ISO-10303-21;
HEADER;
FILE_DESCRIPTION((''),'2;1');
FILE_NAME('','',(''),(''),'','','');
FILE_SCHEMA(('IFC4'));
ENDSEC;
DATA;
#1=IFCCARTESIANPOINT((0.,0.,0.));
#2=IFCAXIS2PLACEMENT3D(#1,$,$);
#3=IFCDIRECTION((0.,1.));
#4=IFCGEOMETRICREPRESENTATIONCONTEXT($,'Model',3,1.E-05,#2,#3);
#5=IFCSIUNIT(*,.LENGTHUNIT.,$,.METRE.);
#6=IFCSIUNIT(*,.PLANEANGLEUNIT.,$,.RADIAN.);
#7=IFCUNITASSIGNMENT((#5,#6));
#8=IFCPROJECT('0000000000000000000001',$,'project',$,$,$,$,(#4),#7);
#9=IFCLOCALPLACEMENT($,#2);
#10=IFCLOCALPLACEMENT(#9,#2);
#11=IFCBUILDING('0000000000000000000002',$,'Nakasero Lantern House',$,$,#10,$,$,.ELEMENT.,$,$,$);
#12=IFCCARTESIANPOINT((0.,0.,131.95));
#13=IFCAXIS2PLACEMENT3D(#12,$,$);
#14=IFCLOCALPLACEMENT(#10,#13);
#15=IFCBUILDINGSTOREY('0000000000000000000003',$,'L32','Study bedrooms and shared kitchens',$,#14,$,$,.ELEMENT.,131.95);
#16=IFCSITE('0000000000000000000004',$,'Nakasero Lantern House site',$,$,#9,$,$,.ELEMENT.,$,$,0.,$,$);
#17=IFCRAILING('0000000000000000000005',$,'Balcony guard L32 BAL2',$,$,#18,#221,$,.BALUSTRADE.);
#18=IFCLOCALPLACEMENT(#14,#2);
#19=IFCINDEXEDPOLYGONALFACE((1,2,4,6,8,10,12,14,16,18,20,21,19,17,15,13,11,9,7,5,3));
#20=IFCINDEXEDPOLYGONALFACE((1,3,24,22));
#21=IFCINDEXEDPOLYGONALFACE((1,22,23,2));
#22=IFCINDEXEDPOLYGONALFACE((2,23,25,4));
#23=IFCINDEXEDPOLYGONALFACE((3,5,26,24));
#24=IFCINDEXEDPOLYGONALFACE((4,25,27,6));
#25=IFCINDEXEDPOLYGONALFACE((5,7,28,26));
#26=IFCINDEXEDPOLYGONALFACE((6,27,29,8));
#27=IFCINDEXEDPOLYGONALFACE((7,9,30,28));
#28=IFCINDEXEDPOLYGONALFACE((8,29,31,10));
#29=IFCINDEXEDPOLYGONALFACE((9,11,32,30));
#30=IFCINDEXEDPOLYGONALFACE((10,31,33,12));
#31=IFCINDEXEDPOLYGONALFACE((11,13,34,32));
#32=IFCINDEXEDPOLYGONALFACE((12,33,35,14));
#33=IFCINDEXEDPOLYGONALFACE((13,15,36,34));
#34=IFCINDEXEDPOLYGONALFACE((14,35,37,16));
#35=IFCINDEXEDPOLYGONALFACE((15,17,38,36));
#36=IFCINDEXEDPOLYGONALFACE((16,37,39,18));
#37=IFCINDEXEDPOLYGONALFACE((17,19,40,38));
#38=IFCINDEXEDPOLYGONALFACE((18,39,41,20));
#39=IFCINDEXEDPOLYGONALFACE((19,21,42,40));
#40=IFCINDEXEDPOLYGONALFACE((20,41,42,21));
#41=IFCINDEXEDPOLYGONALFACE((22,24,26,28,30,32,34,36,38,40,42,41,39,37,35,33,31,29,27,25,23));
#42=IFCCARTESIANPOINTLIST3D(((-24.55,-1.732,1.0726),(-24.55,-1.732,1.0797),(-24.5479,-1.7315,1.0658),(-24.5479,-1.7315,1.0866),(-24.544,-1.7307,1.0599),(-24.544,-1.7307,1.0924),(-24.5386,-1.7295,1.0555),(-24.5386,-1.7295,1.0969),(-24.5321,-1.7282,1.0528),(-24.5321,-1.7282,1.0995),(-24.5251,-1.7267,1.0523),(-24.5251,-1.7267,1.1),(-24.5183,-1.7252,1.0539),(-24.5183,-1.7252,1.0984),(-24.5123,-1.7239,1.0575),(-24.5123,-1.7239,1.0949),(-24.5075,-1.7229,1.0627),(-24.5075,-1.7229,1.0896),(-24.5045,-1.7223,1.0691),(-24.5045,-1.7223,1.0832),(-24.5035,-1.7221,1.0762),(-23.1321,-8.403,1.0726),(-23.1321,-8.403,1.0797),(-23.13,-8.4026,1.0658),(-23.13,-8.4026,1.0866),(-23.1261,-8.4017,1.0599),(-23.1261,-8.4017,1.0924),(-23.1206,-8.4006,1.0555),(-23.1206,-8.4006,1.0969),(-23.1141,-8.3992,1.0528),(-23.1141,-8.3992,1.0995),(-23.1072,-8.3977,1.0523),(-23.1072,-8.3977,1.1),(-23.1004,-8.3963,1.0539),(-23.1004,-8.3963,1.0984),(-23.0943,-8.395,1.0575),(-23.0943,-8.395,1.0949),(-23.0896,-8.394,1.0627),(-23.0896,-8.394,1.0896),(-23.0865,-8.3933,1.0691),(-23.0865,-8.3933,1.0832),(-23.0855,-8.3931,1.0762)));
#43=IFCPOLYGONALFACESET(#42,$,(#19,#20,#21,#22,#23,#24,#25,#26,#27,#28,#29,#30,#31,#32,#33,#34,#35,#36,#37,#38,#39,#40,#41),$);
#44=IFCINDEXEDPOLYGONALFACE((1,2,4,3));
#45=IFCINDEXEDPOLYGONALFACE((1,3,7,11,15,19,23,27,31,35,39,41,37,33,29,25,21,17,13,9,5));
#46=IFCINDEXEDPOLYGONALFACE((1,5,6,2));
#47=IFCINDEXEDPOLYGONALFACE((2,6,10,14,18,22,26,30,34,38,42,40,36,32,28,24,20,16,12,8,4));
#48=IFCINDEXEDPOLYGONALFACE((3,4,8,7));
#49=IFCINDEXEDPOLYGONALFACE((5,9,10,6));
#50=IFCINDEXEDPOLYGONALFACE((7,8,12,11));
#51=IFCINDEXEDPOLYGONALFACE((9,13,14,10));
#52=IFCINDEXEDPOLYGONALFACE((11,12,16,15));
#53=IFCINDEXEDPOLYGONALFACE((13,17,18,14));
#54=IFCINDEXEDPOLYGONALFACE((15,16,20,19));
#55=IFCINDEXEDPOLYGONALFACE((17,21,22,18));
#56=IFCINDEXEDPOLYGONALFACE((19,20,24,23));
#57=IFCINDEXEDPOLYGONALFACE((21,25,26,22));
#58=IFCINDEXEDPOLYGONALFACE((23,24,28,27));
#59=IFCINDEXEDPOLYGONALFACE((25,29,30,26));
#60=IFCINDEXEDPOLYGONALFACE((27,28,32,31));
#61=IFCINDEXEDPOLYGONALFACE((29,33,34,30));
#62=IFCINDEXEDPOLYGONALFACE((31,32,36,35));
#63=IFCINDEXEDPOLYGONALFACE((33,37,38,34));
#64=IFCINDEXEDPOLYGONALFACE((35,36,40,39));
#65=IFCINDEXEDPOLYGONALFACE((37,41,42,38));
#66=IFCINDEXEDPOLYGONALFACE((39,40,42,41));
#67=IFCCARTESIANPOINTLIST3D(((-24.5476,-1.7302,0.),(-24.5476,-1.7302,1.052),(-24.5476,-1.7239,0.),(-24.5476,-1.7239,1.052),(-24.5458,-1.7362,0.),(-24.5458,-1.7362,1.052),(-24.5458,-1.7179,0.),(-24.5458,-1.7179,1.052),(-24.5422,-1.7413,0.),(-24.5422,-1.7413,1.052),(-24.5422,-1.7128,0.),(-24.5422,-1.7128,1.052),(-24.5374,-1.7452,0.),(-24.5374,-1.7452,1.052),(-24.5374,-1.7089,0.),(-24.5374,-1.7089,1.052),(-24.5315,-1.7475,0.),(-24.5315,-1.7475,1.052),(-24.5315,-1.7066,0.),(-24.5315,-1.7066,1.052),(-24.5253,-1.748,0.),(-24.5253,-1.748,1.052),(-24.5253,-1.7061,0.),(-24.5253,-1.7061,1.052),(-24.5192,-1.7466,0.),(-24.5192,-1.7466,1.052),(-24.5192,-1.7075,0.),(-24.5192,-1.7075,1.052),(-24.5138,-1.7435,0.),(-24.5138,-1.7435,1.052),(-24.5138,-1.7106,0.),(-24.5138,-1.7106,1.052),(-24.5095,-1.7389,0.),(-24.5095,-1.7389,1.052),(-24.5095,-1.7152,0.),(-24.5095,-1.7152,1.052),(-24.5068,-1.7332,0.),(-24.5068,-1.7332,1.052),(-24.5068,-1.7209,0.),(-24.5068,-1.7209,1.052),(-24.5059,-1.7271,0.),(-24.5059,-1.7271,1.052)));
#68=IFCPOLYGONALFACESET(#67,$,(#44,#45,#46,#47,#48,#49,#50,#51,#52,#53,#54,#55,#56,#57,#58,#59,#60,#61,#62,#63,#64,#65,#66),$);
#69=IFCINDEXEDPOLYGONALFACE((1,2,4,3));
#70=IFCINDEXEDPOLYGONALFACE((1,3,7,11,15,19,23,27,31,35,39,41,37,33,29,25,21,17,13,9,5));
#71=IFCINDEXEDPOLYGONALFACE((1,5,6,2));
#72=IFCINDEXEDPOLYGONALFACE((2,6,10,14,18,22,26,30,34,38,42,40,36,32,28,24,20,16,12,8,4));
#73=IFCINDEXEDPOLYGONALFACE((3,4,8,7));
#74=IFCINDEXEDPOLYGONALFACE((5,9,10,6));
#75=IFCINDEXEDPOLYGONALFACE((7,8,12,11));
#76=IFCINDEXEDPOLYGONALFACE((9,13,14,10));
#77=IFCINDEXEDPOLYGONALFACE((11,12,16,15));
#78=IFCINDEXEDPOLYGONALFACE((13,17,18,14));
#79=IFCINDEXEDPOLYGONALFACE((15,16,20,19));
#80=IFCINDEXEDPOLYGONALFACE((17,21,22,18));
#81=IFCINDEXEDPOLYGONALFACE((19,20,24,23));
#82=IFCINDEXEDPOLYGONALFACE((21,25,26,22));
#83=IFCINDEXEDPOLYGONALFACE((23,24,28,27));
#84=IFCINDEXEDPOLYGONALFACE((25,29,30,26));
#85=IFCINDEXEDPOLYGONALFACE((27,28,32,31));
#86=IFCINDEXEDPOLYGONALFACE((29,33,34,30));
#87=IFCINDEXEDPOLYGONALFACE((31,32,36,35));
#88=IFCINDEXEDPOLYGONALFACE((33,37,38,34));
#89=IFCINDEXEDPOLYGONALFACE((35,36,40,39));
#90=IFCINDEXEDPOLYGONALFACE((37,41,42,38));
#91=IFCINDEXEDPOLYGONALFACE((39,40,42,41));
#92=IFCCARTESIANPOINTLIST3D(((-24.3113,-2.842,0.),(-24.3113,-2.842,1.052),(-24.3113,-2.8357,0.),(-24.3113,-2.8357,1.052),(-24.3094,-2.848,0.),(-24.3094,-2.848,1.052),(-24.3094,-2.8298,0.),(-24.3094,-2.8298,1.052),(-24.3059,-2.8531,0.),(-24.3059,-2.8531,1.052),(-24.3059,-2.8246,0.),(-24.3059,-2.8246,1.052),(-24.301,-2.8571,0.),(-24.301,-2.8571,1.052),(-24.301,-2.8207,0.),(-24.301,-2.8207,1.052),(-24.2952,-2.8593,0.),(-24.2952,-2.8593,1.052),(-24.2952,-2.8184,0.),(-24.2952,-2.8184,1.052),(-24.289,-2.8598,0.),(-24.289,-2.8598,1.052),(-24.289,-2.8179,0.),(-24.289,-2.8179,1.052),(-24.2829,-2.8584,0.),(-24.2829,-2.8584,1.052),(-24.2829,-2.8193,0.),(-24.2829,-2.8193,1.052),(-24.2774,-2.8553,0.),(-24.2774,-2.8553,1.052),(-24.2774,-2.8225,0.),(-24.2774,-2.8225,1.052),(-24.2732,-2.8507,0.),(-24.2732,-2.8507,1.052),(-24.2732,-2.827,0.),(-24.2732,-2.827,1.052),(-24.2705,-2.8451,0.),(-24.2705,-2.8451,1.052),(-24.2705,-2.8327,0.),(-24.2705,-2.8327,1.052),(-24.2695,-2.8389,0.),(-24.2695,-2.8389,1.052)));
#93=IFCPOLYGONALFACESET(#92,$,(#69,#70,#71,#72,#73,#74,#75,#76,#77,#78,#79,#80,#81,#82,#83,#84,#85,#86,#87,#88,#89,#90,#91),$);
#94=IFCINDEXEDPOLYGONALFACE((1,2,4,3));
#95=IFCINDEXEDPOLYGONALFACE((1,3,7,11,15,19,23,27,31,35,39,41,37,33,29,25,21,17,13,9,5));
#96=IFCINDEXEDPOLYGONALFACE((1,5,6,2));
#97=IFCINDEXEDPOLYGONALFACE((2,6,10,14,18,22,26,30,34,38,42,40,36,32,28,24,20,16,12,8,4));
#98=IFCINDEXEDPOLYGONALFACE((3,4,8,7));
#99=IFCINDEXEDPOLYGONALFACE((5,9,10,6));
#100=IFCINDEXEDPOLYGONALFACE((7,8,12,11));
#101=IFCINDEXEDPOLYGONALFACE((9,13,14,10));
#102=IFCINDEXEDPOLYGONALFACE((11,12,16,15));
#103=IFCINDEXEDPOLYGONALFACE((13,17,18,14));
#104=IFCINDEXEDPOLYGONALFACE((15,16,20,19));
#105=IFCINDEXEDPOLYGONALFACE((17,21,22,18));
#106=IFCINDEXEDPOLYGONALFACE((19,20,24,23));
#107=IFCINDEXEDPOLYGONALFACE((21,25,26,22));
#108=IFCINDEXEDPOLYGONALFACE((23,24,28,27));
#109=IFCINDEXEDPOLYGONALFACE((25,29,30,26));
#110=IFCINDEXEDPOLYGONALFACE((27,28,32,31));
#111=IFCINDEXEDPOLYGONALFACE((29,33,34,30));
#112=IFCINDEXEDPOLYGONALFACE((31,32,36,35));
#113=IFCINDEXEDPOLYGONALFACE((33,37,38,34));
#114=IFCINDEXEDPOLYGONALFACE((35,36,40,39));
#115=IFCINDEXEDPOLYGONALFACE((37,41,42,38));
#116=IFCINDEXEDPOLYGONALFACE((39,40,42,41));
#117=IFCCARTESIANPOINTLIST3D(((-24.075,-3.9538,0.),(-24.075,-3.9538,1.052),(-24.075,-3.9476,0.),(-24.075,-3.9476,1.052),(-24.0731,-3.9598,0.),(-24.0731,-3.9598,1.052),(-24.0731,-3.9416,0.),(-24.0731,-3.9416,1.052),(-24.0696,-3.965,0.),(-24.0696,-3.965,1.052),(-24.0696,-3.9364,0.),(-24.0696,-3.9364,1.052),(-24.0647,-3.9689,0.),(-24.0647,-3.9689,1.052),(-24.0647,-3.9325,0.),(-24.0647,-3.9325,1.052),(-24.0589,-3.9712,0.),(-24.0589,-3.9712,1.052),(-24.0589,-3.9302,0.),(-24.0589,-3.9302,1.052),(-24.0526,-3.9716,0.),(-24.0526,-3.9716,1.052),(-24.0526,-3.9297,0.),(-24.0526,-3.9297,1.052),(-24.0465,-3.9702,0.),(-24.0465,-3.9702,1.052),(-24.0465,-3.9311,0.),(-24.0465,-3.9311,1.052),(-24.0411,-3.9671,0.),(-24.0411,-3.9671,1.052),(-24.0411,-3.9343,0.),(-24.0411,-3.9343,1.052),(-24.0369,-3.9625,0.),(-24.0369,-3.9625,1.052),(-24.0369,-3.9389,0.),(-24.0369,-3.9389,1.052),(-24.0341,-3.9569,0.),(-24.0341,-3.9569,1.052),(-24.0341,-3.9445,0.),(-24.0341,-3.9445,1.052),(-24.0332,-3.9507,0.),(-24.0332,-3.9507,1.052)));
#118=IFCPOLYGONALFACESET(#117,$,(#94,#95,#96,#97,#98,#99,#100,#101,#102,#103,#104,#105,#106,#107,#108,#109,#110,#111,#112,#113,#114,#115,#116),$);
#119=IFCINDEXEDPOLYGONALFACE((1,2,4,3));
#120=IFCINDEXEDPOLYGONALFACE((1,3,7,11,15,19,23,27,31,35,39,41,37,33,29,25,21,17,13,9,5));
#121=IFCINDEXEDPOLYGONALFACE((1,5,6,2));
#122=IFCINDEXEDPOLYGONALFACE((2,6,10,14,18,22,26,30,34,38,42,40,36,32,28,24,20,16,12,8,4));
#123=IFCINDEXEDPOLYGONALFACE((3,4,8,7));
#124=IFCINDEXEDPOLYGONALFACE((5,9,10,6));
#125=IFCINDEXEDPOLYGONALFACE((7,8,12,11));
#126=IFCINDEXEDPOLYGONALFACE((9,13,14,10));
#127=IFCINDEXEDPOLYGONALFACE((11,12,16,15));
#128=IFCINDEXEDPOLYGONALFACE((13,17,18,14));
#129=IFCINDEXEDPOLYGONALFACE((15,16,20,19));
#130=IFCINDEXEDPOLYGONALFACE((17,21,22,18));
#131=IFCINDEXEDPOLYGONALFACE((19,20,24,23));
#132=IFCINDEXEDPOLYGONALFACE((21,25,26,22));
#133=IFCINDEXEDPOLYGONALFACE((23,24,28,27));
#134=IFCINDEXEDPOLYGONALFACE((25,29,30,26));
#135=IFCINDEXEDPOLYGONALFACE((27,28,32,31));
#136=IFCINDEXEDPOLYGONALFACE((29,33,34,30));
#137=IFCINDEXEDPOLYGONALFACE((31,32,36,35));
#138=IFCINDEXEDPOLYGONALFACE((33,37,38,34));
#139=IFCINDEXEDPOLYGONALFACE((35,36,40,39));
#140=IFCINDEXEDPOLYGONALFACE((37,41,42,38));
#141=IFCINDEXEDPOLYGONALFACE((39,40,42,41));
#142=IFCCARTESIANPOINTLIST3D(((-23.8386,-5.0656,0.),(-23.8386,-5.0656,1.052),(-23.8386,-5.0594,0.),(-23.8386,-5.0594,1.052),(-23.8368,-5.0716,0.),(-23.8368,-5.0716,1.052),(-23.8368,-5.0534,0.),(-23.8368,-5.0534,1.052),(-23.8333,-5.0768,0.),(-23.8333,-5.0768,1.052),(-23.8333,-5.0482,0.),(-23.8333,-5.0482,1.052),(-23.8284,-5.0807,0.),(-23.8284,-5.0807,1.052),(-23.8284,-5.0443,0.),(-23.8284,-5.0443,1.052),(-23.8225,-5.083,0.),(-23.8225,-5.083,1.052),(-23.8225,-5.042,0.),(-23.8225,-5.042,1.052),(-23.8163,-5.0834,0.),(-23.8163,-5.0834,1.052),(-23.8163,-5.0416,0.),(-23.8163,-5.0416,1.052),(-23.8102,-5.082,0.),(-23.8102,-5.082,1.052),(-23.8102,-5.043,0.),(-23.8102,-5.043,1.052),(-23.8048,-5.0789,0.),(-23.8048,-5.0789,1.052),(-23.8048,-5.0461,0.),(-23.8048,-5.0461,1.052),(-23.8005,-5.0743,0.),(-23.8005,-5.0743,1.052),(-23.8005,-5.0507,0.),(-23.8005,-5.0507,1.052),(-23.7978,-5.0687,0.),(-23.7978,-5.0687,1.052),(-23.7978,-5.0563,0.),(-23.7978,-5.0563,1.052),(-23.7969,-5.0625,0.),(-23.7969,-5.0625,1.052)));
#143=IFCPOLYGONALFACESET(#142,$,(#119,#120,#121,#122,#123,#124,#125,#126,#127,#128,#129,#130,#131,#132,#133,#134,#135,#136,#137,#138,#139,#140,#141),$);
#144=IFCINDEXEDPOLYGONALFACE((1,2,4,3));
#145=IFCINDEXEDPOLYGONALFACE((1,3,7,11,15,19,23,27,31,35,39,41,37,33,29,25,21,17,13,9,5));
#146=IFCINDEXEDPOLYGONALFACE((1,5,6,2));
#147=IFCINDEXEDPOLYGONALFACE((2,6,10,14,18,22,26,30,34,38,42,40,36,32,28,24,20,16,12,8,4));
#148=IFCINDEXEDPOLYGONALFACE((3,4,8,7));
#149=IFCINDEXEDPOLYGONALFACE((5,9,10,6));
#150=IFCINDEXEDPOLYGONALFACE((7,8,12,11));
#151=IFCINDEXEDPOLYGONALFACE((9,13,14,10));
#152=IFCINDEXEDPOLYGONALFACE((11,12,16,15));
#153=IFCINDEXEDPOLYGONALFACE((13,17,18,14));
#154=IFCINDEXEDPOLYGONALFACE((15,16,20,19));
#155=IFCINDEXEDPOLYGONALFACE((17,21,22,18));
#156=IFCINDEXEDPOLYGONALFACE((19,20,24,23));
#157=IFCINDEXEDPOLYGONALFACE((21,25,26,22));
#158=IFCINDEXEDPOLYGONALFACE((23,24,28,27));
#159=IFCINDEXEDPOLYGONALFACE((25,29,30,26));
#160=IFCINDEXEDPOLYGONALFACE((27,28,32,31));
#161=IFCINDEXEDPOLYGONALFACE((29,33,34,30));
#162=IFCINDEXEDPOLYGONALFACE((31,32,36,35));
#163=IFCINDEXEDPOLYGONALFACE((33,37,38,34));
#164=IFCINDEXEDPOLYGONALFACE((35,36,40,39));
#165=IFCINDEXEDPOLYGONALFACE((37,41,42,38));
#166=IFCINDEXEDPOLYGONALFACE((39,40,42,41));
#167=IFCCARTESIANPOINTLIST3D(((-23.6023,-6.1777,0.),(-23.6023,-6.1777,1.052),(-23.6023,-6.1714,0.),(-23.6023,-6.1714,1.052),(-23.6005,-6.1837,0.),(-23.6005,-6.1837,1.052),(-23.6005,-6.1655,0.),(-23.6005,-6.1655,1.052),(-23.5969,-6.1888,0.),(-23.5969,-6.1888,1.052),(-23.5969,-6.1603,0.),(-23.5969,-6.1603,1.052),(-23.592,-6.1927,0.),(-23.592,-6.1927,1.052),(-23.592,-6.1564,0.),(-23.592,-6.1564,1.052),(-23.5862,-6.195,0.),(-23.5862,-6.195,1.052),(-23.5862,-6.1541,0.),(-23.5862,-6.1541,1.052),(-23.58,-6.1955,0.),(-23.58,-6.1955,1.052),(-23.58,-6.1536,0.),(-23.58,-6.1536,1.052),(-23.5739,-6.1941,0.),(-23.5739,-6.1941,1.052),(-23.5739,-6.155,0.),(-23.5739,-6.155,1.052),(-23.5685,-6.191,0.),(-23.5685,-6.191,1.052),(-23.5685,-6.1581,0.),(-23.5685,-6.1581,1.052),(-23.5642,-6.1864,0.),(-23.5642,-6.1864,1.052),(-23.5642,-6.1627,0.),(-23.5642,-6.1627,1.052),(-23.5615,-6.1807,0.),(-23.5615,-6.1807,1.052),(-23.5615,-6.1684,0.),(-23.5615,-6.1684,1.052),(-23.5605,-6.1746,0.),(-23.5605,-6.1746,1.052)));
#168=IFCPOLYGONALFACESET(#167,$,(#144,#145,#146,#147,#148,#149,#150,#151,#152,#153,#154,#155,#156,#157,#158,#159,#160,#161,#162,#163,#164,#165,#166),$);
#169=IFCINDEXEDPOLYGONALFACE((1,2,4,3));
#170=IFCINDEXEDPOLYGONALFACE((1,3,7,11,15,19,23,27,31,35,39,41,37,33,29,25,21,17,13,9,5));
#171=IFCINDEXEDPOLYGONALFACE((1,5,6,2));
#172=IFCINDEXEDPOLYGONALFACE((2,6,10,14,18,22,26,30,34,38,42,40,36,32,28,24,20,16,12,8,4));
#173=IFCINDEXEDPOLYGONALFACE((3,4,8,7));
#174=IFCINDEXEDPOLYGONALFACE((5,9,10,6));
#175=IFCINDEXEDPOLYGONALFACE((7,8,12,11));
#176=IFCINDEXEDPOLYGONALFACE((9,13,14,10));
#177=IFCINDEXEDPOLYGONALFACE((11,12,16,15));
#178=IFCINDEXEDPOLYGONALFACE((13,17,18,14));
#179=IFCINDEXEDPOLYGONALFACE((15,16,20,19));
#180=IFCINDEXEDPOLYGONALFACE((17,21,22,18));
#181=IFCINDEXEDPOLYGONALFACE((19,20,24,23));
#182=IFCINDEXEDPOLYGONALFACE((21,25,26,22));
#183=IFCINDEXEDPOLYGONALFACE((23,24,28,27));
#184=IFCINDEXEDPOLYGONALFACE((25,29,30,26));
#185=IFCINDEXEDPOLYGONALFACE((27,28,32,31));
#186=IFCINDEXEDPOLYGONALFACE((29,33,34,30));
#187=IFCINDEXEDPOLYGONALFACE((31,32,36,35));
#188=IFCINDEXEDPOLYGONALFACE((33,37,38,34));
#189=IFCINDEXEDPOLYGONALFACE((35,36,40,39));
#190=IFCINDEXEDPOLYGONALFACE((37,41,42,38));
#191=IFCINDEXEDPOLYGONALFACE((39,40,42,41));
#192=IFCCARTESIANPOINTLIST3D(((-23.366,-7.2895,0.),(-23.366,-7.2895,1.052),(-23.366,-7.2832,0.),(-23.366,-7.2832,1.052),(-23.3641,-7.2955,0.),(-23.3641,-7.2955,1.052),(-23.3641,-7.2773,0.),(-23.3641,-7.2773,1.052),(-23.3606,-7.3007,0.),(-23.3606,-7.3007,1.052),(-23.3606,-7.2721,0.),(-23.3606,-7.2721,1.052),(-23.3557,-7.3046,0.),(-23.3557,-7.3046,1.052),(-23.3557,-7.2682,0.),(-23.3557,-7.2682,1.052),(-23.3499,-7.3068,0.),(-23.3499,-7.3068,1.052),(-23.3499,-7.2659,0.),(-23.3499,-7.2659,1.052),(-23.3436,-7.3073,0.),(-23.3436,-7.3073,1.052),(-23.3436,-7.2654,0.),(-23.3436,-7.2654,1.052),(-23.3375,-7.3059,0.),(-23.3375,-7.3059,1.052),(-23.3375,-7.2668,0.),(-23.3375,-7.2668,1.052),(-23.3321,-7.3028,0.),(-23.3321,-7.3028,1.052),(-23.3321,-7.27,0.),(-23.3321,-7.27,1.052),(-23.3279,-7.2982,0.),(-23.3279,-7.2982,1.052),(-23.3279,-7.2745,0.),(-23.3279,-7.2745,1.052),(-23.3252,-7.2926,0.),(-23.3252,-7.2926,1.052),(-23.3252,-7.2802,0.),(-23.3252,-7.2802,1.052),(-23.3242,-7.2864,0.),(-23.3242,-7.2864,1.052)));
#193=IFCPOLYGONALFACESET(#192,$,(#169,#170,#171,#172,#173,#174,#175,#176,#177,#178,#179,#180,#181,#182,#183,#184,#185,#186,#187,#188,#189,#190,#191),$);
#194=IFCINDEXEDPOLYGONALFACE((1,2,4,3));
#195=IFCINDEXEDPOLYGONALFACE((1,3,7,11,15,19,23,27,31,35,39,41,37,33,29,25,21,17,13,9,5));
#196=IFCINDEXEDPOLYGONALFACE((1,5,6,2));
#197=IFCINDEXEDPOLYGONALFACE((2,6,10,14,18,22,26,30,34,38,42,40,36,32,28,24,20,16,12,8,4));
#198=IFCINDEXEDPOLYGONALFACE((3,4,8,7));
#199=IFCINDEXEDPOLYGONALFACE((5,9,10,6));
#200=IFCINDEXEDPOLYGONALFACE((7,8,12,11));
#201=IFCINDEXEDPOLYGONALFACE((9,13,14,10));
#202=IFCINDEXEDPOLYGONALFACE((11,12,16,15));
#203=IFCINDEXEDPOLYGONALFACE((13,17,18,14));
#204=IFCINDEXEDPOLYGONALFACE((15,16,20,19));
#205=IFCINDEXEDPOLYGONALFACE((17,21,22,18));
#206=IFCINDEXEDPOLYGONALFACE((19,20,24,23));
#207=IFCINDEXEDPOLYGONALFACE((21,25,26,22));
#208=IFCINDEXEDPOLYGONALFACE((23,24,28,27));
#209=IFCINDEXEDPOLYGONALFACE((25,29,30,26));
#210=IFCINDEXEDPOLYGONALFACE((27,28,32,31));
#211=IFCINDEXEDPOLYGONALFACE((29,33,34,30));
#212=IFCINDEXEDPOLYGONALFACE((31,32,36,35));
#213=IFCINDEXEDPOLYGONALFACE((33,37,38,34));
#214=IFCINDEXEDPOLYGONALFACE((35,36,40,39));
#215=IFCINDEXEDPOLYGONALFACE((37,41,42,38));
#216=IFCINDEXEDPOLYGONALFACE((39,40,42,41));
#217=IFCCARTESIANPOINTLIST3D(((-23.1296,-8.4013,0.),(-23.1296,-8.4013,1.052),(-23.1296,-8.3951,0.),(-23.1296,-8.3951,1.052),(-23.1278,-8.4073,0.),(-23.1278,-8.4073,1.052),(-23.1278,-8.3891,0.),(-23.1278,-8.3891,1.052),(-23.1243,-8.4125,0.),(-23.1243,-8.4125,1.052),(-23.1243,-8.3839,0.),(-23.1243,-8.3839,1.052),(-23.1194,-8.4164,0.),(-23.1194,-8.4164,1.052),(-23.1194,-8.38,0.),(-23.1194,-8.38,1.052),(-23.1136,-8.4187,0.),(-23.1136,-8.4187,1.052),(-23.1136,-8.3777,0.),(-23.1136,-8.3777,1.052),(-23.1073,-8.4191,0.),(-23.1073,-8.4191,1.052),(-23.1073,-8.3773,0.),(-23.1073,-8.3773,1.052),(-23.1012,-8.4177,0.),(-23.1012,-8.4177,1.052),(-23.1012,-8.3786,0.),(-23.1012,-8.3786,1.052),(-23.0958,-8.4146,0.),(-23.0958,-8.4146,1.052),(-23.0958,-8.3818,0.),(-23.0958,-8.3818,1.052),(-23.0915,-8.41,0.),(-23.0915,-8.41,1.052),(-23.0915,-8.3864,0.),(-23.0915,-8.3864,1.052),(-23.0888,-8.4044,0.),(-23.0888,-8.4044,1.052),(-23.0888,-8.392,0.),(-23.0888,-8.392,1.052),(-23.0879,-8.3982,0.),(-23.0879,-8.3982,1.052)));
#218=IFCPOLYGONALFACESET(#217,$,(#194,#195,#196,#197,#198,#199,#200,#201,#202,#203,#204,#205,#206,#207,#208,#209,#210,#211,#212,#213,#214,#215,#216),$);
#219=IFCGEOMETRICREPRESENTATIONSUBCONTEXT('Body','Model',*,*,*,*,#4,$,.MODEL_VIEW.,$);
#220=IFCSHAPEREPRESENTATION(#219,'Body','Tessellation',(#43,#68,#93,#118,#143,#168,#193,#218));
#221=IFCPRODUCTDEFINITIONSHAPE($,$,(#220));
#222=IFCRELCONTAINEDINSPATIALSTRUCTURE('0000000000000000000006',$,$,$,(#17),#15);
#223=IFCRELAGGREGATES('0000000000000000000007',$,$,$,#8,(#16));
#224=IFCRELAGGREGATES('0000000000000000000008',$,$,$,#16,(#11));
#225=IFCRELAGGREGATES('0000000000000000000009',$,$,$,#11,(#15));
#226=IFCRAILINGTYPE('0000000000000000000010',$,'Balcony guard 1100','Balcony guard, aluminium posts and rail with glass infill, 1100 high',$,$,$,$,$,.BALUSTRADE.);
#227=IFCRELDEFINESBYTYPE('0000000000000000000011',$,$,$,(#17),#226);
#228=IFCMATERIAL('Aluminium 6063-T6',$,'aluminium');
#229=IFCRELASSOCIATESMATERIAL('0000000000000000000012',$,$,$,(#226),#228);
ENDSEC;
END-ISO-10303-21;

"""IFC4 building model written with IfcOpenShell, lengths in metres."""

from ifc_helpers import new_model, si_unit, direction, frame, origin, origin_2d, place, context, subcontext, project, spatial, circle, extrude, material, type_object, element, save


model = new_model("IFC4")

# Units and contexts
model_context = context("Model", 3, precision=1e-05, world=origin(), true_north=direction((0.0, 1.0)))
body_context = subcontext(model_context, "Body", "Model", "MODEL_VIEW")
ifc_project = project(units=[si_unit("LENGTHUNIT", "METRE"), si_unit("PLANEANGLEUNIT", "RADIAN")], contexts=[model_context])

# Site, building, storey
site_placement = place(None, origin())
site = spatial("IfcSite", under=ifc_project, at=site_placement, Name="Nakasero Lantern House site", CompositionType="ELEMENT", RefElevation=0.0)
building_placement = place(site_placement, origin())
building = spatial("IfcBuilding", under=site, at=building_placement, Name="Nakasero Lantern House", CompositionType="ELEMENT")
storey_placement = place(building_placement, frame((0.0, 0.0, 131.95)))
storey = spatial("IfcBuildingStorey", under=building, at=storey_placement, Name="L32", Description="Study bedrooms and shared kitchens", CompositionType="ELEMENT", Elevation=131.95)

# Railing
ifc_material_1 = material(Name="Aluminium 6063-T6", Category="aluminium")
railing_type = type_object("IfcRailingType", Name="Balcony guard 1100", Description="Balcony guard, aluminium posts and rail with glass infill, 1100 high", PredefinedType="BALUSTRADE", material=ifc_material_1)
railing_placement = place(storey_placement, frame((-24.5269, -1.7271, 0.0)))
element("IfcRailing", 1, at=railing_placement, inside=storey, type_object=railing_type, Name="Balcony guard L32 BAL2", PredefinedType="BALUSTRADE", context=body_context, shape_type="SweptSolid", body=[
    extrude(circle(Radius=0.0239, at=origin_2d()), frame((0.0, 0.0, 1.0762), z_axis=(0.207908, -0.978148, 0.0), x_axis=(0.978148, 0.207908, 0.0)), (0.0, 0.0, 1.0), 6.8201),
    extrude(circle(Radius=0.021, at=origin_2d()), origin(), (0.0, 0.0, 1.0), 1.052),
    extrude(circle(Radius=0.021, at=origin_2d()), frame((0.2363, -1.1118, 0.0)), (0.0, 0.0, 1.0), 1.052),
    extrude(circle(Radius=0.021, at=origin_2d()), frame((0.4727, -2.2236, 0.0)), (0.0, 0.0, 1.0), 1.052),
    extrude(circle(Radius=0.021, at=origin_2d()), frame((0.709, -3.3354, 0.0)), (0.0, 0.0, 1.0), 1.052),
    extrude(circle(Radius=0.021, at=origin_2d()), frame((0.9453, -4.4475, 0.0)), (0.0, 0.0, 1.0), 1.052),
    extrude(circle(Radius=0.021, at=origin_2d()), frame((1.1816, -5.5593, 0.0)), (0.0, 0.0, 1.0), 1.052),
    extrude(circle(Radius=0.021, at=origin_2d()), frame((1.418, -6.6711, 0.0)), (0.0, 0.0, 1.0), 1.052),
])

save(model, "model.ifc")
